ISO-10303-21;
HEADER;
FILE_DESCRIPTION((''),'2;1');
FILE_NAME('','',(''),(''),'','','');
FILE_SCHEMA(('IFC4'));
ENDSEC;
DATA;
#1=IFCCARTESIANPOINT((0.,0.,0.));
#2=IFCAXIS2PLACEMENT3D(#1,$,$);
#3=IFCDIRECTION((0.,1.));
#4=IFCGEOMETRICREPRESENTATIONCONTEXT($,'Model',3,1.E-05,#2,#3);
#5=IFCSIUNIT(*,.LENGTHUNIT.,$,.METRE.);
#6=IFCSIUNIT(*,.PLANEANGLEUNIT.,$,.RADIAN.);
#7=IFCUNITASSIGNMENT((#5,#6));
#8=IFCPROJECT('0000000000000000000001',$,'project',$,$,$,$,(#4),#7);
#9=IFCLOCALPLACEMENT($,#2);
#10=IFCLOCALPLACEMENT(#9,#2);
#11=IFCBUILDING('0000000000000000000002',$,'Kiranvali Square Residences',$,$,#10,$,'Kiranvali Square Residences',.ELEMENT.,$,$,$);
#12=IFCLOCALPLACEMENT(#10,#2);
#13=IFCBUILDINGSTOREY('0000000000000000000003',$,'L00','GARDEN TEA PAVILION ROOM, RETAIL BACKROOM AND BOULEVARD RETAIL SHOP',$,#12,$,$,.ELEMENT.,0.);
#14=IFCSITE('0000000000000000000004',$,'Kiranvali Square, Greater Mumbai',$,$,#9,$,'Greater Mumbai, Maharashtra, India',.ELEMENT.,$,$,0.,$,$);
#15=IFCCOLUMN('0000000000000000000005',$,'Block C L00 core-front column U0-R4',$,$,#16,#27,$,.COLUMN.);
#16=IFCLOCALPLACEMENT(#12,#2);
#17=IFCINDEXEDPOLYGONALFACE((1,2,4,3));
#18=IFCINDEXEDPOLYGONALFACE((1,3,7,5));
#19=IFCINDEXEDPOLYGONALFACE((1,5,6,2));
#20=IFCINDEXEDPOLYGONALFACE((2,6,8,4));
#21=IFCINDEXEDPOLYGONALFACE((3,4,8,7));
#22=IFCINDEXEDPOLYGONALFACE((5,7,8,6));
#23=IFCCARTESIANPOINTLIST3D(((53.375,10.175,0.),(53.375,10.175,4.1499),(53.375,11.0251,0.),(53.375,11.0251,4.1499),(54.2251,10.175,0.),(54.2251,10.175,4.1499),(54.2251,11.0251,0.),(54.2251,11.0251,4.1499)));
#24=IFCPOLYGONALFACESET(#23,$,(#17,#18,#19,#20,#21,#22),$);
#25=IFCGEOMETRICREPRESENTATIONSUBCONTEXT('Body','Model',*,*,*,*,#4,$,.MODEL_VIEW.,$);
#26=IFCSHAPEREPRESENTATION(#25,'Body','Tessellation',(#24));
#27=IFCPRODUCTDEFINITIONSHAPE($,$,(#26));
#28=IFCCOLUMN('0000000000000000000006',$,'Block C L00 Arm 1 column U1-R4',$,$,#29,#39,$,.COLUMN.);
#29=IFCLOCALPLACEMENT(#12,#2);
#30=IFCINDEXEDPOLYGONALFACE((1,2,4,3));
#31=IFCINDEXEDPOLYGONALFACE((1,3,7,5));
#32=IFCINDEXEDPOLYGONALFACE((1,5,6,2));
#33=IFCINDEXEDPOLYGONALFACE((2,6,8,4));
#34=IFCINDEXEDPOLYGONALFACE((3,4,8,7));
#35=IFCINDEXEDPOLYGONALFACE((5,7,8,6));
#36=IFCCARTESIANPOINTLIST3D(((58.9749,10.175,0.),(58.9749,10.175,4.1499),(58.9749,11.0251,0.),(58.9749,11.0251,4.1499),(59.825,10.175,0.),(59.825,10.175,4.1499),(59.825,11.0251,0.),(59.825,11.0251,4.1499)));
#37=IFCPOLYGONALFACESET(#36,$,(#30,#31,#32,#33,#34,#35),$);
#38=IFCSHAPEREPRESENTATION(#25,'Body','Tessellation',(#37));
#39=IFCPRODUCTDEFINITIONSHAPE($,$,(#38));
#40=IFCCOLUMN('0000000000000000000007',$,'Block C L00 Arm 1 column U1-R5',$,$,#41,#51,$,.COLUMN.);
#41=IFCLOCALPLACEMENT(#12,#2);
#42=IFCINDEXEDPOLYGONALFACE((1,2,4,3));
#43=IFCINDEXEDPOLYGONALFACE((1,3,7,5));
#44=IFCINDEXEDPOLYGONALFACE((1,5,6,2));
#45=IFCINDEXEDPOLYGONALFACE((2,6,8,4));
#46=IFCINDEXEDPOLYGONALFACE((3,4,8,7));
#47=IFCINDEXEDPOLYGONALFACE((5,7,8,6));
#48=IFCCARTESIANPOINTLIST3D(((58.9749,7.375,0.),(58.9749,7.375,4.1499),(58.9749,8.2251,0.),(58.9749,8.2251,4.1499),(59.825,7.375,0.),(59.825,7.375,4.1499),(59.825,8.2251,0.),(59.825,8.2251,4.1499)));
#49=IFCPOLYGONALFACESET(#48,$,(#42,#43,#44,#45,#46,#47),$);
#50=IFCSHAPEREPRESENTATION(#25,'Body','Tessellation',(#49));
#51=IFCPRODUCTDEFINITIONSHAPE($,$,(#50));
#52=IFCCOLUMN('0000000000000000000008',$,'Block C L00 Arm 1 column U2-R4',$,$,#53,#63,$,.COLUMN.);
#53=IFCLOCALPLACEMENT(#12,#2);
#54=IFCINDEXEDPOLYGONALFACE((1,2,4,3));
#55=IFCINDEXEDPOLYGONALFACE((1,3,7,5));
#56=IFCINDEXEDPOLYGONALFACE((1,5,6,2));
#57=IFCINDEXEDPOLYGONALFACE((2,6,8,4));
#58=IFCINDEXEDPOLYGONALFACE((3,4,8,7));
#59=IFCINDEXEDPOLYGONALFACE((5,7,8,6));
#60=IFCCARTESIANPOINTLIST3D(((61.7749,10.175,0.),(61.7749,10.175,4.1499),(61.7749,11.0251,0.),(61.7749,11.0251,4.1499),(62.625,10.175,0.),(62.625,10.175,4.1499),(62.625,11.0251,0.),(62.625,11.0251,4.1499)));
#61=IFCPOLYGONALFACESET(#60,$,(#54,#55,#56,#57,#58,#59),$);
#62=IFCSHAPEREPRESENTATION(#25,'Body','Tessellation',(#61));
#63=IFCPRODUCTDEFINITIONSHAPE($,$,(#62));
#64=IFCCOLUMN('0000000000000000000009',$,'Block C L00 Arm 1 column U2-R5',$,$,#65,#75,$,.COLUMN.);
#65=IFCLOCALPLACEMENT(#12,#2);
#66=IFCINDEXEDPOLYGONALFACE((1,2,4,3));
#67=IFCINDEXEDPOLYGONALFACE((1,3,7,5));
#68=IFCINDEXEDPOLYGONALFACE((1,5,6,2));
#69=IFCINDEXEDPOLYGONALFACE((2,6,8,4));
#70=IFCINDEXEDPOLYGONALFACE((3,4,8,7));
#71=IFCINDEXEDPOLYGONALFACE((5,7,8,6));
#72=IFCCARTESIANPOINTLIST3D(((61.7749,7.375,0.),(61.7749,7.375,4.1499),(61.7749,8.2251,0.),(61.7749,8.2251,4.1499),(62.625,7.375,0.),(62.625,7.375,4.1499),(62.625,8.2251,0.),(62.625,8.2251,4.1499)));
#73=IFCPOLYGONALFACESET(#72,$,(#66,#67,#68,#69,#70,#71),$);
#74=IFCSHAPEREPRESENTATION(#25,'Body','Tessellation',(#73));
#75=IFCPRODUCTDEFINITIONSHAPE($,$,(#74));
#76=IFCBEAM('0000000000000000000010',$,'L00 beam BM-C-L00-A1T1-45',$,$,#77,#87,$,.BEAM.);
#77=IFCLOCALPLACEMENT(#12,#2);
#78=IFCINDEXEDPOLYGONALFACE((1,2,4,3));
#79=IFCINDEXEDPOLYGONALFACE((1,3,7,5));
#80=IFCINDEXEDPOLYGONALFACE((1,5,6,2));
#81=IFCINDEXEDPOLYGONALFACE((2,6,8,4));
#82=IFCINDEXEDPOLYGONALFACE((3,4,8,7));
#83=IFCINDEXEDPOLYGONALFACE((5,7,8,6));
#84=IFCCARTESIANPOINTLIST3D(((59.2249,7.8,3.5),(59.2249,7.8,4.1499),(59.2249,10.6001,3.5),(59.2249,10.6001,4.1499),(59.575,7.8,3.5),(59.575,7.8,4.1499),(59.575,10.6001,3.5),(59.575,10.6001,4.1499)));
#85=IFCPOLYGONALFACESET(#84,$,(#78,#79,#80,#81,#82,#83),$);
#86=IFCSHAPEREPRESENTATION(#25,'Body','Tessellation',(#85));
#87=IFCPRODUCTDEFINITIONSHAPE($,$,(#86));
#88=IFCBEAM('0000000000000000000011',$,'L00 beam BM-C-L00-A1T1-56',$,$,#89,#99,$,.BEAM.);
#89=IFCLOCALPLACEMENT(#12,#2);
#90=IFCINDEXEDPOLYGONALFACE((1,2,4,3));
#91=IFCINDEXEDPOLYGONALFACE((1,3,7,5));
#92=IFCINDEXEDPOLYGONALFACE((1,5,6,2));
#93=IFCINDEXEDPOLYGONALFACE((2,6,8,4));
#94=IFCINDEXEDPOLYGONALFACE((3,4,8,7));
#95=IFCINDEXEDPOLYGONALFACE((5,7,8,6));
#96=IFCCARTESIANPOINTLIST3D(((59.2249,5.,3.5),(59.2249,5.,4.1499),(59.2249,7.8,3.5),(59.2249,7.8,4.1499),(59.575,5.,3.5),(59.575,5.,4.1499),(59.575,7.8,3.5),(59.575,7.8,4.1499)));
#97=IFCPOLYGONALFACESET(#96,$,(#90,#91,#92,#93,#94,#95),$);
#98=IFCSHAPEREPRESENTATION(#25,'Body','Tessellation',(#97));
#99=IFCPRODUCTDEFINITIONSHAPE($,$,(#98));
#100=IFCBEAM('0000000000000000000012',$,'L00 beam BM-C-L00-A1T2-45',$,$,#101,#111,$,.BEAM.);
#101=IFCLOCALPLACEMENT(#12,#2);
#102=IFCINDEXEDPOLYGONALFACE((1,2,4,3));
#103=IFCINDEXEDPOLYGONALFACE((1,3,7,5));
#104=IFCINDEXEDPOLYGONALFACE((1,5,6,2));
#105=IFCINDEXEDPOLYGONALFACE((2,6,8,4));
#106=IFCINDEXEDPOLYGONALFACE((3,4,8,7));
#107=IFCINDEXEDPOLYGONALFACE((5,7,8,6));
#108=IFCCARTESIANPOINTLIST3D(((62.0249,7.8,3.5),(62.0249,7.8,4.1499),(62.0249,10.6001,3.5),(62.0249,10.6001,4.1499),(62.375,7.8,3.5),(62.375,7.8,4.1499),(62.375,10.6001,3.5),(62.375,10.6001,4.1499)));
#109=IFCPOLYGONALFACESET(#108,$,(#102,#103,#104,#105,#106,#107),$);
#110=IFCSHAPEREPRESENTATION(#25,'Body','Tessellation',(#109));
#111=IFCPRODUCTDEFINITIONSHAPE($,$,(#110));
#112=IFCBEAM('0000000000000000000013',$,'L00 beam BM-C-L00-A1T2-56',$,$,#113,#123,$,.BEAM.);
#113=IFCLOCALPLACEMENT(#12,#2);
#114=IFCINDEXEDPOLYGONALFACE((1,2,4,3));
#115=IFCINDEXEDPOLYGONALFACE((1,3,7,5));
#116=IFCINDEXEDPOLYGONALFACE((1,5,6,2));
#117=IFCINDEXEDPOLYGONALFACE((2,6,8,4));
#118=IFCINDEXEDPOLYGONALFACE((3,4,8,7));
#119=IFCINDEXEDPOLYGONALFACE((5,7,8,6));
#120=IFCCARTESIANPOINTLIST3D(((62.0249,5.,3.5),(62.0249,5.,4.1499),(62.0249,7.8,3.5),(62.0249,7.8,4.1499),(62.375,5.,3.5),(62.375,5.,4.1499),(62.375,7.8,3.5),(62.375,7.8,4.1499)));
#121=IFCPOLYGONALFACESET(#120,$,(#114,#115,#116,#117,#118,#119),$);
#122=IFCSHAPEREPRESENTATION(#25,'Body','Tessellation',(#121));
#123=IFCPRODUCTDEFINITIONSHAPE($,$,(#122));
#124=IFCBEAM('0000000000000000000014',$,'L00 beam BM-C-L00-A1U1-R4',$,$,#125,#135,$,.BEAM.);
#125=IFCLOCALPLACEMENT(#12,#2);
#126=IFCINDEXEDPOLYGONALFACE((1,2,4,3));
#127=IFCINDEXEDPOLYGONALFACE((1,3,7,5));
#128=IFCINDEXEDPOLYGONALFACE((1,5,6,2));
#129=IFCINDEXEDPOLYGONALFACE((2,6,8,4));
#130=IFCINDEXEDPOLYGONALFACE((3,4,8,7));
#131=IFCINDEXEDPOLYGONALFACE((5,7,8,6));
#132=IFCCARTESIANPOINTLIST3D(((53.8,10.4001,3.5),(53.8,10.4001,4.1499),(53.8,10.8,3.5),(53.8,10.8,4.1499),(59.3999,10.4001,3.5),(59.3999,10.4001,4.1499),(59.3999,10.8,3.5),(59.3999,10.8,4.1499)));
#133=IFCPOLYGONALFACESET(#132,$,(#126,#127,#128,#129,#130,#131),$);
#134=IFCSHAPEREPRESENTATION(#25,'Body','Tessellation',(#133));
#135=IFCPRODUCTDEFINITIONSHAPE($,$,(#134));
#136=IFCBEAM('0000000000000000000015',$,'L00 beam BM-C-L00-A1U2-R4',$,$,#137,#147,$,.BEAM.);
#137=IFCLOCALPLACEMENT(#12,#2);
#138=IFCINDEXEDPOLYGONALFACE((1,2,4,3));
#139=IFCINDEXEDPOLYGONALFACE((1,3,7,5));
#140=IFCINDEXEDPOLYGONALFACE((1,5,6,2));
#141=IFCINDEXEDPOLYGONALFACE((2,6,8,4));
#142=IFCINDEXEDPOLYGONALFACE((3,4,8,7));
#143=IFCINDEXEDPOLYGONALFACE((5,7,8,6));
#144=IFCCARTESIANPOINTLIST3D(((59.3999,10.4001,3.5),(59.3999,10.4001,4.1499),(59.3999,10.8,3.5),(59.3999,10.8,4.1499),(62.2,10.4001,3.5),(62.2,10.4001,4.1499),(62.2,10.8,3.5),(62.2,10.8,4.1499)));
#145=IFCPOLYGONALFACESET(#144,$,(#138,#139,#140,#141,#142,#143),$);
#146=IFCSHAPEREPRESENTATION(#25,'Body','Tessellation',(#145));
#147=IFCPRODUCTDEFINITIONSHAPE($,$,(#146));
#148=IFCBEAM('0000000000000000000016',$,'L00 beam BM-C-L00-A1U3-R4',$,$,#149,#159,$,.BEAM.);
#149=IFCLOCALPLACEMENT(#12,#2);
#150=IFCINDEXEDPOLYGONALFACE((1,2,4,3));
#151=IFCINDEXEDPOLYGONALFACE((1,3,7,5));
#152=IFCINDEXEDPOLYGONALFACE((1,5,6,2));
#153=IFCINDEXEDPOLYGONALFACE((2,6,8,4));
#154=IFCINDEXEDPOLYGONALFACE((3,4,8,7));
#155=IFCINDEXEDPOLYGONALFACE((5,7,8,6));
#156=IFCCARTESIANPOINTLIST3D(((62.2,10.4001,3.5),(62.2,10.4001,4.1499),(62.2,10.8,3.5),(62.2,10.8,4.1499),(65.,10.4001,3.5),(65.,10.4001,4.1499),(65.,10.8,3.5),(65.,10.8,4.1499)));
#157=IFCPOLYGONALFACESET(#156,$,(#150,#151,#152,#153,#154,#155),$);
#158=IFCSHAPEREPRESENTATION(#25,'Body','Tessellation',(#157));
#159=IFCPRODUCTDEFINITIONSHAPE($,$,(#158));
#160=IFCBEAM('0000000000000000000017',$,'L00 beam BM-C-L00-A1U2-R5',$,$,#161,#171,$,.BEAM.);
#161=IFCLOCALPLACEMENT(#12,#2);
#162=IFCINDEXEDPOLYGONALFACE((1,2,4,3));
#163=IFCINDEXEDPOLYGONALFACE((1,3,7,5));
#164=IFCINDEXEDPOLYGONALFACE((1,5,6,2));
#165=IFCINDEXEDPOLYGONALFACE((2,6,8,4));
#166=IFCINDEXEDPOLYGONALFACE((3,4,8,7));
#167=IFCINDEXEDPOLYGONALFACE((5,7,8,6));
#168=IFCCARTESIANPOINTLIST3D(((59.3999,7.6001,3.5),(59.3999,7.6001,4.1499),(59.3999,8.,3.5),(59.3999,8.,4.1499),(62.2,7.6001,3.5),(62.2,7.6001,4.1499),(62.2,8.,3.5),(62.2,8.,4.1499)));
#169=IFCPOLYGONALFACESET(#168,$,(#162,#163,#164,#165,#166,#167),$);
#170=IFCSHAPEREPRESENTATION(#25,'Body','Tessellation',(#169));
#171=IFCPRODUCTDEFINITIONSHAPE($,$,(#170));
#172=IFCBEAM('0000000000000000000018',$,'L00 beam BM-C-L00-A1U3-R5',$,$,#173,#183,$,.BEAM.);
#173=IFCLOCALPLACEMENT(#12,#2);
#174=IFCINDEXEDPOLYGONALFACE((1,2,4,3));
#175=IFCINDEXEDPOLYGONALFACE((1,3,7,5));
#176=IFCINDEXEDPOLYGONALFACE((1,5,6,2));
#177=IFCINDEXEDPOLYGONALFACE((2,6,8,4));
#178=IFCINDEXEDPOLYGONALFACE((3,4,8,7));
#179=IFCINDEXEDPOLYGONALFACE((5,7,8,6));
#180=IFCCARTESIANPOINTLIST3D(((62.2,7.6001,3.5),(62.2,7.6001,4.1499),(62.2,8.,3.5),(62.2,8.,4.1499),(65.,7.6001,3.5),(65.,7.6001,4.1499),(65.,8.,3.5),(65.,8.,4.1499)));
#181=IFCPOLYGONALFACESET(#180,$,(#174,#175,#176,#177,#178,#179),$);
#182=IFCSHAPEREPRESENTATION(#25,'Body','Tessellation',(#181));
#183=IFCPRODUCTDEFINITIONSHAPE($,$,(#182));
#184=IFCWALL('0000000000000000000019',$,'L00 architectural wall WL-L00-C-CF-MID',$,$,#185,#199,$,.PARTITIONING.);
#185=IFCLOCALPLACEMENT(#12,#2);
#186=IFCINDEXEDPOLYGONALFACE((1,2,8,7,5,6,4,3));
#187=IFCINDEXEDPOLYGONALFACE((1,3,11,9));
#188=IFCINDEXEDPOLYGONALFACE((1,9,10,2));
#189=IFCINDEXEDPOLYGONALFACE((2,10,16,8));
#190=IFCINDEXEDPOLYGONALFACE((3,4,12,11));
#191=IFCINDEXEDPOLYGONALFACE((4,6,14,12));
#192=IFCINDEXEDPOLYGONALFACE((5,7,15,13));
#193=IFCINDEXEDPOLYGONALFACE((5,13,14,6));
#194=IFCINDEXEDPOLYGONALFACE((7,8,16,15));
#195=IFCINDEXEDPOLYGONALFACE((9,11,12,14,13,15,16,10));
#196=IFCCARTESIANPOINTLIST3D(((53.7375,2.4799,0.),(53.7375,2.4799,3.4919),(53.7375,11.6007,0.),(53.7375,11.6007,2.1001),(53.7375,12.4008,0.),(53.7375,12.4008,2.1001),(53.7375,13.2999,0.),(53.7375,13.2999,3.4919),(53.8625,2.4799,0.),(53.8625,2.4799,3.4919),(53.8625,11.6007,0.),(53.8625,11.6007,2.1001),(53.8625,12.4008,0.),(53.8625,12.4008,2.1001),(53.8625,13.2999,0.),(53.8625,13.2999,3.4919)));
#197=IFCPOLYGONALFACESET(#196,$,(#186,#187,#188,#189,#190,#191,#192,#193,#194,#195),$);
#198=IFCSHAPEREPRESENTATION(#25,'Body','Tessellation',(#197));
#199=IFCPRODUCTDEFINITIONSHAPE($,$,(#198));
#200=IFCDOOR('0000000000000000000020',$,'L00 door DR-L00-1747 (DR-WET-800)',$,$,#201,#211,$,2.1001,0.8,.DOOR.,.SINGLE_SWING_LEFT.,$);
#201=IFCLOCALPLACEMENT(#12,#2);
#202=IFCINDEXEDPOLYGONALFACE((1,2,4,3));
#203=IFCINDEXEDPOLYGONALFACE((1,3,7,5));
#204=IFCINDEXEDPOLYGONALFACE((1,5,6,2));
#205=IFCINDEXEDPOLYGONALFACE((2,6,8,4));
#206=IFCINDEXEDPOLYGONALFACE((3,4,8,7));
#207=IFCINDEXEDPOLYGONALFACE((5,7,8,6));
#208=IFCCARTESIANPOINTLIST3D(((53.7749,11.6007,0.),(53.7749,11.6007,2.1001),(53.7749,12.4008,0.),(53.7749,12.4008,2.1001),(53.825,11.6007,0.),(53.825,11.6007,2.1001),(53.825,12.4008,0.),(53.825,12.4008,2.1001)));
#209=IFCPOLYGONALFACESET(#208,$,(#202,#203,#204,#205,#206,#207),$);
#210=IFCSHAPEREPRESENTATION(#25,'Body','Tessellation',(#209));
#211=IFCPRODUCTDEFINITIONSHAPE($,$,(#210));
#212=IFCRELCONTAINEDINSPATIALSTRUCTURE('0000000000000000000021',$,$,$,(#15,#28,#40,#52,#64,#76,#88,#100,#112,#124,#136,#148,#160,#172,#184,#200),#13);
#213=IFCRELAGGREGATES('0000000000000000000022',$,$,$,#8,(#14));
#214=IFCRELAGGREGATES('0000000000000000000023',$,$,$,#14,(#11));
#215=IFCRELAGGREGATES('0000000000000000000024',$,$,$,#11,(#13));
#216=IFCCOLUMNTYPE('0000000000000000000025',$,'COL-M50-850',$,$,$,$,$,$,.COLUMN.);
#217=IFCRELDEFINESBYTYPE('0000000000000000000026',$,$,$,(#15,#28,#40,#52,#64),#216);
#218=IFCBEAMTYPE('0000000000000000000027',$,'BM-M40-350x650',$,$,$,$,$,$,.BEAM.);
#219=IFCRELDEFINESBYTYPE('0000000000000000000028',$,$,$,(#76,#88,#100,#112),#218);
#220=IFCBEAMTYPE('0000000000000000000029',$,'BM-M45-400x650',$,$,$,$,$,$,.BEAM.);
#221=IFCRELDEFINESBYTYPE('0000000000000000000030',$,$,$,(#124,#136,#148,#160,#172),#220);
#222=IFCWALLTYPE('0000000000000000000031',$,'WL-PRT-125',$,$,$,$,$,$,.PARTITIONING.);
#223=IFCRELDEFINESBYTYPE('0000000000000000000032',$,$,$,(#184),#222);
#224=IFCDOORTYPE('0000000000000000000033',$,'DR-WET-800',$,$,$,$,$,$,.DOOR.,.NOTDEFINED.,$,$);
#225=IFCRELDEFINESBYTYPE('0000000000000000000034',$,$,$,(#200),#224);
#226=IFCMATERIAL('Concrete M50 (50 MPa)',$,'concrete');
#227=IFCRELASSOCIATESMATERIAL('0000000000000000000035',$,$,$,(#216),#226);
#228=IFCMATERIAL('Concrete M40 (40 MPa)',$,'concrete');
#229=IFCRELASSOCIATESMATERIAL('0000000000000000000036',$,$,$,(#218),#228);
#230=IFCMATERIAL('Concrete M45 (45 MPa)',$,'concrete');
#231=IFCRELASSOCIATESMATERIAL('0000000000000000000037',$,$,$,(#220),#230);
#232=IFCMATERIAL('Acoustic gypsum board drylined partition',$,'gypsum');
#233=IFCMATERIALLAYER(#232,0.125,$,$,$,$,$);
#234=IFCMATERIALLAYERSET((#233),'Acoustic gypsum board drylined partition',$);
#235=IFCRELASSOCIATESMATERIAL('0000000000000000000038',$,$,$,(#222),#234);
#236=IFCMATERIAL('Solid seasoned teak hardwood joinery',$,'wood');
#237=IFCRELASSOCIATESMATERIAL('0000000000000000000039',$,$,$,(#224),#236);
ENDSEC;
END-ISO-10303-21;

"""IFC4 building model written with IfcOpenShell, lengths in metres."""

from ifc_helpers import new_model, si_unit, direction, frame, frame_2d, origin, origin_2d, place, context, subcontext, project, spatial, rectangle, extrude, material, layer, layer_set, material_profile, profile_set, type_object, element, fill, save


model = new_model("IFC4")

# Units and contexts
model_context = context("Model", 3, precision=1e-05, world=origin(), true_north=direction((0.0, 1.0)))
body_context = subcontext(model_context, "Body", "Model", "MODEL_VIEW")
ifc_project = project(units=[si_unit("LENGTHUNIT", "METRE"), si_unit("PLANEANGLEUNIT", "RADIAN")], contexts=[model_context])

# Site, building, storey
site_placement = place(None, origin())
site = spatial("IfcSite", under=ifc_project, at=site_placement, Name="Kiranvali Square, Greater Mumbai", LongName="Greater Mumbai, Maharashtra, India", CompositionType="ELEMENT", RefElevation=0.0)
building_placement = place(site_placement, origin())
building = spatial("IfcBuilding", under=site, at=building_placement, Name="Kiranvali Square Residences", LongName="Kiranvali Square Residences", CompositionType="ELEMENT")
storey_placement = place(building_placement, origin())
storey = spatial("IfcBuildingStorey", under=building, at=storey_placement, Name="L00", Description="GARDEN TEA PAVILION ROOM, RETAIL BACKROOM AND BOULEVARD RETAIL SHOP", CompositionType="ELEMENT", Elevation=0.0)

# Columns
ifc_material_1 = material(Name="Concrete M50 (50 MPa)", Category="concrete")
ifc_material_profile_1 = material_profile(ifc_material_1, rectangle(XDim=0.8501, YDim=0.8501, at=origin_2d()), Name="RC 850x850")
ifc_profile_set_1 = profile_set([ifc_material_profile_1], Name="Concrete M50 (50 MPa)")
column_type = type_object("IfcColumnType", Name="COL-M50-850", PredefinedType="COLUMN", material=ifc_profile_set_1)
for number, where, z_axis, x_axis, name in (
    (1, (53.8, 10.6001, 0.0), (0.0, 0.0, 1.0), (1.0, 0.0, 0.0), "Block C L00 core-front column U0-R4"),
    (2, (59.3999, 10.6001, 0.0), (0.0, 0.0, 1.0), (1.0, 0.0, 0.0), "Block C L00 Arm 1 column U1-R4"),
    (3, (59.3999, 7.8, 0.0), (0.0, 0.0, 1.0), (1.0, 0.0, 0.0), "Block C L00 Arm 1 column U1-R5"),
    (4, (62.2, 10.6001, 0.0), (0.0, 0.0, 1.0), (1.0, 0.0, 0.0), "Block C L00 Arm 1 column U2-R4"),
    (5, (62.2, 7.8, 0.0), (0.0, 0.0, 1.0), (1.0, 0.0, 0.0), "Block C L00 Arm 1 column U2-R5"),
):
    element("IfcColumn", number, at=place(storey_placement, frame(where, z_axis=z_axis, x_axis=x_axis)), inside=storey, type_object=column_type, Name=name, PredefinedType="COLUMN", context=body_context, shape_type="SweptSolid", body=[
        extrude(rectangle(XDim=0.8501, YDim=0.8501, at=origin_2d()), origin(), (0.0, 0.0, 1.0), 4.1499),
    ])

# Beams
ifc_material_2 = material(Name="Concrete M40 (40 MPa)", Category="concrete")
ifc_material_profile_2 = material_profile(ifc_material_2, rectangle(XDim=0.3501, YDim=0.6499, at=origin_2d()), Name="RC 350x650")
ifc_profile_set_2 = profile_set([ifc_material_profile_2], Name="Concrete M40 (40 MPa)")
beam_type_1 = type_object("IfcBeamType", Name="BM-M40-350x650", PredefinedType="BEAM", material=ifc_profile_set_2)
for number, where, z_axis, x_axis, name in (
    (6, (59.3999, 10.6001, 3.825), (0.0, -1.0, 0.0), (1.0, 0.0, 0.0), "L00 beam BM-C-L00-A1T1-45"),
    (7, (59.3999, 7.8, 3.825), (0.0, -1.0, 0.0), (1.0, 0.0, 0.0), "L00 beam BM-C-L00-A1T1-56"),
    (8, (62.2, 10.6001, 3.825), (0.0, -1.0, 0.0), (1.0, 0.0, 0.0), "L00 beam BM-C-L00-A1T2-45"),
    (9, (62.2, 7.8, 3.825), (0.0, -1.0, 0.0), (1.0, 0.0, 0.0), "L00 beam BM-C-L00-A1T2-56"),
):
    element("IfcBeam", number, at=place(storey_placement, frame(where, z_axis=z_axis, x_axis=x_axis)), inside=storey, type_object=beam_type_1, Name=name, PredefinedType="BEAM", context=body_context, shape_type="SweptSolid", body=[
        extrude(rectangle(XDim=0.3501, YDim=0.6499, at=origin_2d()), origin(), (0.0, 0.0, 1.0), 2.8),
    ])
ifc_material_3 = material(Name="Concrete M45 (45 MPa)", Category="concrete")
ifc_material_profile_3 = material_profile(ifc_material_3, rectangle(XDim=0.3999, YDim=0.6499, at=origin_2d()), Name="RC 400x650")
ifc_profile_set_3 = profile_set([ifc_material_profile_3], Name="Concrete M45 (45 MPa)")
beam_type_2 = type_object("IfcBeamType", Name="BM-M45-400x650", PredefinedType="BEAM", material=ifc_profile_set_3)
beam_placement = place(storey_placement, frame((53.8, 10.6001, 3.825), z_axis=(1.0, 0.0, 0.0), x_axis=(0.0, 1.0, 0.0)))
element("IfcBeam", 10, at=beam_placement, inside=storey, type_object=beam_type_2, Name="L00 beam BM-C-L00-A1U1-R4", PredefinedType="BEAM", context=body_context, shape_type="SweptSolid", body=[
    extrude(rectangle(XDim=0.3999, YDim=0.6499, at=origin_2d()), origin(), (0.0, 0.0, 1.0), 5.5999),
])
for number, where, z_axis, x_axis, name in (
    (11, (59.3999, 10.6001, 3.825), (1.0, 0.0, 0.0), (0.0, 1.0, 0.0), "L00 beam BM-C-L00-A1U2-R4"),
    (12, (62.2, 10.6001, 3.825), (1.0, 0.0, 0.0), (0.0, 1.0, 0.0), "L00 beam BM-C-L00-A1U3-R4"),
    (13, (59.3999, 7.8, 3.825), (1.0, 0.0, 0.0), (0.0, 1.0, 0.0), "L00 beam BM-C-L00-A1U2-R5"),
    (14, (62.2, 7.8, 3.825), (1.0, 0.0, 0.0), (0.0, 1.0, 0.0), "L00 beam BM-C-L00-A1U3-R5"),
):
    element("IfcBeam", number, at=place(storey_placement, frame(where, z_axis=z_axis, x_axis=x_axis)), inside=storey, type_object=beam_type_2, Name=name, PredefinedType="BEAM", context=body_context, shape_type="SweptSolid", body=[
        extrude(rectangle(XDim=0.3999, YDim=0.6499, at=origin_2d()), origin(), (0.0, 0.0, 1.0), 2.8),
    ])

# Wall, opening, door
ifc_material_4 = material(Name="Acoustic gypsum board drylined partition", Category="gypsum")
ifc_layer_1 = layer(ifc_material_4, 0.125)
ifc_layer_set_1 = layer_set([ifc_layer_1], Name="Acoustic gypsum board drylined partition")
wall_type_1 = type_object("IfcWallType", Name="WL-PRT-125", PredefinedType="PARTITIONING", material=ifc_layer_set_1)
wall_1_placement = place(storey_placement, frame((53.8, 13.3, 0.0), z_axis=(0.0, 0.0, 1.0), x_axis=(0.0, -1.0, 0.0)))
wall_1 = element("IfcWall", 15, at=wall_1_placement, inside=storey, type_object=wall_type_1, Name="L00 architectural wall WL-L00-C-CF-MID", PredefinedType="PARTITIONING", context=body_context, shape_type="SweptSolid", body=[
    extrude(rectangle(XDim=10.8201, YDim=0.125, at=frame_2d((5.4102, 0.0))), origin(), (0.0, 0.0, 1.0), 3.4919),
])
opening_1_placement = place(wall_1_placement, frame((0.8994, 0.0, 0.0)))
opening_1 = element("IfcOpeningElement", 16, at=opening_1_placement, cuts=wall_1, PredefinedType="OPENING", context=body_context, shape_type="SweptSolid", body=[
    extrude(rectangle(XDim=0.8, YDim=2.1001, at=frame_2d((0.3999, 1.05))), frame((0.0, 0.0725, 0.0), z_axis=(0.0, -1.0, 0.0), x_axis=(1.0, 0.0, 0.0)), (0.0, 0.0, 1.0), 0.145),
])
ifc_material_5 = material(Name="Solid seasoned teak hardwood joinery", Category="wood")
door_type_1 = type_object("IfcDoorType", Name="DR-WET-800", OperationType="NOTDEFINED", PredefinedType="DOOR", material=ifc_material_5)
door_1_placement = place(opening_1_placement, origin())
door_1 = element("IfcDoor", 17, at=door_1_placement, inside=storey, type_object=door_type_1, Name="L00 door DR-L00-1747 (DR-WET-800)", OperationType="SINGLE_SWING_LEFT", OverallHeight=2.1001, OverallWidth=0.8, PredefinedType="DOOR", context=body_context, shape_type="SweptSolid", body=[
    extrude(rectangle(XDim=0.8, YDim=2.1001, at=frame_2d((0.3999, 1.05))), frame((0.0, 0.0249, 0.0), z_axis=(0.0, -1.0, 0.0), x_axis=(1.0, 0.0, 0.0)), (0.0, 0.0, 1.0), 0.05),
])
fill(opening_1, door_1)

save(model, "model.ifc")
